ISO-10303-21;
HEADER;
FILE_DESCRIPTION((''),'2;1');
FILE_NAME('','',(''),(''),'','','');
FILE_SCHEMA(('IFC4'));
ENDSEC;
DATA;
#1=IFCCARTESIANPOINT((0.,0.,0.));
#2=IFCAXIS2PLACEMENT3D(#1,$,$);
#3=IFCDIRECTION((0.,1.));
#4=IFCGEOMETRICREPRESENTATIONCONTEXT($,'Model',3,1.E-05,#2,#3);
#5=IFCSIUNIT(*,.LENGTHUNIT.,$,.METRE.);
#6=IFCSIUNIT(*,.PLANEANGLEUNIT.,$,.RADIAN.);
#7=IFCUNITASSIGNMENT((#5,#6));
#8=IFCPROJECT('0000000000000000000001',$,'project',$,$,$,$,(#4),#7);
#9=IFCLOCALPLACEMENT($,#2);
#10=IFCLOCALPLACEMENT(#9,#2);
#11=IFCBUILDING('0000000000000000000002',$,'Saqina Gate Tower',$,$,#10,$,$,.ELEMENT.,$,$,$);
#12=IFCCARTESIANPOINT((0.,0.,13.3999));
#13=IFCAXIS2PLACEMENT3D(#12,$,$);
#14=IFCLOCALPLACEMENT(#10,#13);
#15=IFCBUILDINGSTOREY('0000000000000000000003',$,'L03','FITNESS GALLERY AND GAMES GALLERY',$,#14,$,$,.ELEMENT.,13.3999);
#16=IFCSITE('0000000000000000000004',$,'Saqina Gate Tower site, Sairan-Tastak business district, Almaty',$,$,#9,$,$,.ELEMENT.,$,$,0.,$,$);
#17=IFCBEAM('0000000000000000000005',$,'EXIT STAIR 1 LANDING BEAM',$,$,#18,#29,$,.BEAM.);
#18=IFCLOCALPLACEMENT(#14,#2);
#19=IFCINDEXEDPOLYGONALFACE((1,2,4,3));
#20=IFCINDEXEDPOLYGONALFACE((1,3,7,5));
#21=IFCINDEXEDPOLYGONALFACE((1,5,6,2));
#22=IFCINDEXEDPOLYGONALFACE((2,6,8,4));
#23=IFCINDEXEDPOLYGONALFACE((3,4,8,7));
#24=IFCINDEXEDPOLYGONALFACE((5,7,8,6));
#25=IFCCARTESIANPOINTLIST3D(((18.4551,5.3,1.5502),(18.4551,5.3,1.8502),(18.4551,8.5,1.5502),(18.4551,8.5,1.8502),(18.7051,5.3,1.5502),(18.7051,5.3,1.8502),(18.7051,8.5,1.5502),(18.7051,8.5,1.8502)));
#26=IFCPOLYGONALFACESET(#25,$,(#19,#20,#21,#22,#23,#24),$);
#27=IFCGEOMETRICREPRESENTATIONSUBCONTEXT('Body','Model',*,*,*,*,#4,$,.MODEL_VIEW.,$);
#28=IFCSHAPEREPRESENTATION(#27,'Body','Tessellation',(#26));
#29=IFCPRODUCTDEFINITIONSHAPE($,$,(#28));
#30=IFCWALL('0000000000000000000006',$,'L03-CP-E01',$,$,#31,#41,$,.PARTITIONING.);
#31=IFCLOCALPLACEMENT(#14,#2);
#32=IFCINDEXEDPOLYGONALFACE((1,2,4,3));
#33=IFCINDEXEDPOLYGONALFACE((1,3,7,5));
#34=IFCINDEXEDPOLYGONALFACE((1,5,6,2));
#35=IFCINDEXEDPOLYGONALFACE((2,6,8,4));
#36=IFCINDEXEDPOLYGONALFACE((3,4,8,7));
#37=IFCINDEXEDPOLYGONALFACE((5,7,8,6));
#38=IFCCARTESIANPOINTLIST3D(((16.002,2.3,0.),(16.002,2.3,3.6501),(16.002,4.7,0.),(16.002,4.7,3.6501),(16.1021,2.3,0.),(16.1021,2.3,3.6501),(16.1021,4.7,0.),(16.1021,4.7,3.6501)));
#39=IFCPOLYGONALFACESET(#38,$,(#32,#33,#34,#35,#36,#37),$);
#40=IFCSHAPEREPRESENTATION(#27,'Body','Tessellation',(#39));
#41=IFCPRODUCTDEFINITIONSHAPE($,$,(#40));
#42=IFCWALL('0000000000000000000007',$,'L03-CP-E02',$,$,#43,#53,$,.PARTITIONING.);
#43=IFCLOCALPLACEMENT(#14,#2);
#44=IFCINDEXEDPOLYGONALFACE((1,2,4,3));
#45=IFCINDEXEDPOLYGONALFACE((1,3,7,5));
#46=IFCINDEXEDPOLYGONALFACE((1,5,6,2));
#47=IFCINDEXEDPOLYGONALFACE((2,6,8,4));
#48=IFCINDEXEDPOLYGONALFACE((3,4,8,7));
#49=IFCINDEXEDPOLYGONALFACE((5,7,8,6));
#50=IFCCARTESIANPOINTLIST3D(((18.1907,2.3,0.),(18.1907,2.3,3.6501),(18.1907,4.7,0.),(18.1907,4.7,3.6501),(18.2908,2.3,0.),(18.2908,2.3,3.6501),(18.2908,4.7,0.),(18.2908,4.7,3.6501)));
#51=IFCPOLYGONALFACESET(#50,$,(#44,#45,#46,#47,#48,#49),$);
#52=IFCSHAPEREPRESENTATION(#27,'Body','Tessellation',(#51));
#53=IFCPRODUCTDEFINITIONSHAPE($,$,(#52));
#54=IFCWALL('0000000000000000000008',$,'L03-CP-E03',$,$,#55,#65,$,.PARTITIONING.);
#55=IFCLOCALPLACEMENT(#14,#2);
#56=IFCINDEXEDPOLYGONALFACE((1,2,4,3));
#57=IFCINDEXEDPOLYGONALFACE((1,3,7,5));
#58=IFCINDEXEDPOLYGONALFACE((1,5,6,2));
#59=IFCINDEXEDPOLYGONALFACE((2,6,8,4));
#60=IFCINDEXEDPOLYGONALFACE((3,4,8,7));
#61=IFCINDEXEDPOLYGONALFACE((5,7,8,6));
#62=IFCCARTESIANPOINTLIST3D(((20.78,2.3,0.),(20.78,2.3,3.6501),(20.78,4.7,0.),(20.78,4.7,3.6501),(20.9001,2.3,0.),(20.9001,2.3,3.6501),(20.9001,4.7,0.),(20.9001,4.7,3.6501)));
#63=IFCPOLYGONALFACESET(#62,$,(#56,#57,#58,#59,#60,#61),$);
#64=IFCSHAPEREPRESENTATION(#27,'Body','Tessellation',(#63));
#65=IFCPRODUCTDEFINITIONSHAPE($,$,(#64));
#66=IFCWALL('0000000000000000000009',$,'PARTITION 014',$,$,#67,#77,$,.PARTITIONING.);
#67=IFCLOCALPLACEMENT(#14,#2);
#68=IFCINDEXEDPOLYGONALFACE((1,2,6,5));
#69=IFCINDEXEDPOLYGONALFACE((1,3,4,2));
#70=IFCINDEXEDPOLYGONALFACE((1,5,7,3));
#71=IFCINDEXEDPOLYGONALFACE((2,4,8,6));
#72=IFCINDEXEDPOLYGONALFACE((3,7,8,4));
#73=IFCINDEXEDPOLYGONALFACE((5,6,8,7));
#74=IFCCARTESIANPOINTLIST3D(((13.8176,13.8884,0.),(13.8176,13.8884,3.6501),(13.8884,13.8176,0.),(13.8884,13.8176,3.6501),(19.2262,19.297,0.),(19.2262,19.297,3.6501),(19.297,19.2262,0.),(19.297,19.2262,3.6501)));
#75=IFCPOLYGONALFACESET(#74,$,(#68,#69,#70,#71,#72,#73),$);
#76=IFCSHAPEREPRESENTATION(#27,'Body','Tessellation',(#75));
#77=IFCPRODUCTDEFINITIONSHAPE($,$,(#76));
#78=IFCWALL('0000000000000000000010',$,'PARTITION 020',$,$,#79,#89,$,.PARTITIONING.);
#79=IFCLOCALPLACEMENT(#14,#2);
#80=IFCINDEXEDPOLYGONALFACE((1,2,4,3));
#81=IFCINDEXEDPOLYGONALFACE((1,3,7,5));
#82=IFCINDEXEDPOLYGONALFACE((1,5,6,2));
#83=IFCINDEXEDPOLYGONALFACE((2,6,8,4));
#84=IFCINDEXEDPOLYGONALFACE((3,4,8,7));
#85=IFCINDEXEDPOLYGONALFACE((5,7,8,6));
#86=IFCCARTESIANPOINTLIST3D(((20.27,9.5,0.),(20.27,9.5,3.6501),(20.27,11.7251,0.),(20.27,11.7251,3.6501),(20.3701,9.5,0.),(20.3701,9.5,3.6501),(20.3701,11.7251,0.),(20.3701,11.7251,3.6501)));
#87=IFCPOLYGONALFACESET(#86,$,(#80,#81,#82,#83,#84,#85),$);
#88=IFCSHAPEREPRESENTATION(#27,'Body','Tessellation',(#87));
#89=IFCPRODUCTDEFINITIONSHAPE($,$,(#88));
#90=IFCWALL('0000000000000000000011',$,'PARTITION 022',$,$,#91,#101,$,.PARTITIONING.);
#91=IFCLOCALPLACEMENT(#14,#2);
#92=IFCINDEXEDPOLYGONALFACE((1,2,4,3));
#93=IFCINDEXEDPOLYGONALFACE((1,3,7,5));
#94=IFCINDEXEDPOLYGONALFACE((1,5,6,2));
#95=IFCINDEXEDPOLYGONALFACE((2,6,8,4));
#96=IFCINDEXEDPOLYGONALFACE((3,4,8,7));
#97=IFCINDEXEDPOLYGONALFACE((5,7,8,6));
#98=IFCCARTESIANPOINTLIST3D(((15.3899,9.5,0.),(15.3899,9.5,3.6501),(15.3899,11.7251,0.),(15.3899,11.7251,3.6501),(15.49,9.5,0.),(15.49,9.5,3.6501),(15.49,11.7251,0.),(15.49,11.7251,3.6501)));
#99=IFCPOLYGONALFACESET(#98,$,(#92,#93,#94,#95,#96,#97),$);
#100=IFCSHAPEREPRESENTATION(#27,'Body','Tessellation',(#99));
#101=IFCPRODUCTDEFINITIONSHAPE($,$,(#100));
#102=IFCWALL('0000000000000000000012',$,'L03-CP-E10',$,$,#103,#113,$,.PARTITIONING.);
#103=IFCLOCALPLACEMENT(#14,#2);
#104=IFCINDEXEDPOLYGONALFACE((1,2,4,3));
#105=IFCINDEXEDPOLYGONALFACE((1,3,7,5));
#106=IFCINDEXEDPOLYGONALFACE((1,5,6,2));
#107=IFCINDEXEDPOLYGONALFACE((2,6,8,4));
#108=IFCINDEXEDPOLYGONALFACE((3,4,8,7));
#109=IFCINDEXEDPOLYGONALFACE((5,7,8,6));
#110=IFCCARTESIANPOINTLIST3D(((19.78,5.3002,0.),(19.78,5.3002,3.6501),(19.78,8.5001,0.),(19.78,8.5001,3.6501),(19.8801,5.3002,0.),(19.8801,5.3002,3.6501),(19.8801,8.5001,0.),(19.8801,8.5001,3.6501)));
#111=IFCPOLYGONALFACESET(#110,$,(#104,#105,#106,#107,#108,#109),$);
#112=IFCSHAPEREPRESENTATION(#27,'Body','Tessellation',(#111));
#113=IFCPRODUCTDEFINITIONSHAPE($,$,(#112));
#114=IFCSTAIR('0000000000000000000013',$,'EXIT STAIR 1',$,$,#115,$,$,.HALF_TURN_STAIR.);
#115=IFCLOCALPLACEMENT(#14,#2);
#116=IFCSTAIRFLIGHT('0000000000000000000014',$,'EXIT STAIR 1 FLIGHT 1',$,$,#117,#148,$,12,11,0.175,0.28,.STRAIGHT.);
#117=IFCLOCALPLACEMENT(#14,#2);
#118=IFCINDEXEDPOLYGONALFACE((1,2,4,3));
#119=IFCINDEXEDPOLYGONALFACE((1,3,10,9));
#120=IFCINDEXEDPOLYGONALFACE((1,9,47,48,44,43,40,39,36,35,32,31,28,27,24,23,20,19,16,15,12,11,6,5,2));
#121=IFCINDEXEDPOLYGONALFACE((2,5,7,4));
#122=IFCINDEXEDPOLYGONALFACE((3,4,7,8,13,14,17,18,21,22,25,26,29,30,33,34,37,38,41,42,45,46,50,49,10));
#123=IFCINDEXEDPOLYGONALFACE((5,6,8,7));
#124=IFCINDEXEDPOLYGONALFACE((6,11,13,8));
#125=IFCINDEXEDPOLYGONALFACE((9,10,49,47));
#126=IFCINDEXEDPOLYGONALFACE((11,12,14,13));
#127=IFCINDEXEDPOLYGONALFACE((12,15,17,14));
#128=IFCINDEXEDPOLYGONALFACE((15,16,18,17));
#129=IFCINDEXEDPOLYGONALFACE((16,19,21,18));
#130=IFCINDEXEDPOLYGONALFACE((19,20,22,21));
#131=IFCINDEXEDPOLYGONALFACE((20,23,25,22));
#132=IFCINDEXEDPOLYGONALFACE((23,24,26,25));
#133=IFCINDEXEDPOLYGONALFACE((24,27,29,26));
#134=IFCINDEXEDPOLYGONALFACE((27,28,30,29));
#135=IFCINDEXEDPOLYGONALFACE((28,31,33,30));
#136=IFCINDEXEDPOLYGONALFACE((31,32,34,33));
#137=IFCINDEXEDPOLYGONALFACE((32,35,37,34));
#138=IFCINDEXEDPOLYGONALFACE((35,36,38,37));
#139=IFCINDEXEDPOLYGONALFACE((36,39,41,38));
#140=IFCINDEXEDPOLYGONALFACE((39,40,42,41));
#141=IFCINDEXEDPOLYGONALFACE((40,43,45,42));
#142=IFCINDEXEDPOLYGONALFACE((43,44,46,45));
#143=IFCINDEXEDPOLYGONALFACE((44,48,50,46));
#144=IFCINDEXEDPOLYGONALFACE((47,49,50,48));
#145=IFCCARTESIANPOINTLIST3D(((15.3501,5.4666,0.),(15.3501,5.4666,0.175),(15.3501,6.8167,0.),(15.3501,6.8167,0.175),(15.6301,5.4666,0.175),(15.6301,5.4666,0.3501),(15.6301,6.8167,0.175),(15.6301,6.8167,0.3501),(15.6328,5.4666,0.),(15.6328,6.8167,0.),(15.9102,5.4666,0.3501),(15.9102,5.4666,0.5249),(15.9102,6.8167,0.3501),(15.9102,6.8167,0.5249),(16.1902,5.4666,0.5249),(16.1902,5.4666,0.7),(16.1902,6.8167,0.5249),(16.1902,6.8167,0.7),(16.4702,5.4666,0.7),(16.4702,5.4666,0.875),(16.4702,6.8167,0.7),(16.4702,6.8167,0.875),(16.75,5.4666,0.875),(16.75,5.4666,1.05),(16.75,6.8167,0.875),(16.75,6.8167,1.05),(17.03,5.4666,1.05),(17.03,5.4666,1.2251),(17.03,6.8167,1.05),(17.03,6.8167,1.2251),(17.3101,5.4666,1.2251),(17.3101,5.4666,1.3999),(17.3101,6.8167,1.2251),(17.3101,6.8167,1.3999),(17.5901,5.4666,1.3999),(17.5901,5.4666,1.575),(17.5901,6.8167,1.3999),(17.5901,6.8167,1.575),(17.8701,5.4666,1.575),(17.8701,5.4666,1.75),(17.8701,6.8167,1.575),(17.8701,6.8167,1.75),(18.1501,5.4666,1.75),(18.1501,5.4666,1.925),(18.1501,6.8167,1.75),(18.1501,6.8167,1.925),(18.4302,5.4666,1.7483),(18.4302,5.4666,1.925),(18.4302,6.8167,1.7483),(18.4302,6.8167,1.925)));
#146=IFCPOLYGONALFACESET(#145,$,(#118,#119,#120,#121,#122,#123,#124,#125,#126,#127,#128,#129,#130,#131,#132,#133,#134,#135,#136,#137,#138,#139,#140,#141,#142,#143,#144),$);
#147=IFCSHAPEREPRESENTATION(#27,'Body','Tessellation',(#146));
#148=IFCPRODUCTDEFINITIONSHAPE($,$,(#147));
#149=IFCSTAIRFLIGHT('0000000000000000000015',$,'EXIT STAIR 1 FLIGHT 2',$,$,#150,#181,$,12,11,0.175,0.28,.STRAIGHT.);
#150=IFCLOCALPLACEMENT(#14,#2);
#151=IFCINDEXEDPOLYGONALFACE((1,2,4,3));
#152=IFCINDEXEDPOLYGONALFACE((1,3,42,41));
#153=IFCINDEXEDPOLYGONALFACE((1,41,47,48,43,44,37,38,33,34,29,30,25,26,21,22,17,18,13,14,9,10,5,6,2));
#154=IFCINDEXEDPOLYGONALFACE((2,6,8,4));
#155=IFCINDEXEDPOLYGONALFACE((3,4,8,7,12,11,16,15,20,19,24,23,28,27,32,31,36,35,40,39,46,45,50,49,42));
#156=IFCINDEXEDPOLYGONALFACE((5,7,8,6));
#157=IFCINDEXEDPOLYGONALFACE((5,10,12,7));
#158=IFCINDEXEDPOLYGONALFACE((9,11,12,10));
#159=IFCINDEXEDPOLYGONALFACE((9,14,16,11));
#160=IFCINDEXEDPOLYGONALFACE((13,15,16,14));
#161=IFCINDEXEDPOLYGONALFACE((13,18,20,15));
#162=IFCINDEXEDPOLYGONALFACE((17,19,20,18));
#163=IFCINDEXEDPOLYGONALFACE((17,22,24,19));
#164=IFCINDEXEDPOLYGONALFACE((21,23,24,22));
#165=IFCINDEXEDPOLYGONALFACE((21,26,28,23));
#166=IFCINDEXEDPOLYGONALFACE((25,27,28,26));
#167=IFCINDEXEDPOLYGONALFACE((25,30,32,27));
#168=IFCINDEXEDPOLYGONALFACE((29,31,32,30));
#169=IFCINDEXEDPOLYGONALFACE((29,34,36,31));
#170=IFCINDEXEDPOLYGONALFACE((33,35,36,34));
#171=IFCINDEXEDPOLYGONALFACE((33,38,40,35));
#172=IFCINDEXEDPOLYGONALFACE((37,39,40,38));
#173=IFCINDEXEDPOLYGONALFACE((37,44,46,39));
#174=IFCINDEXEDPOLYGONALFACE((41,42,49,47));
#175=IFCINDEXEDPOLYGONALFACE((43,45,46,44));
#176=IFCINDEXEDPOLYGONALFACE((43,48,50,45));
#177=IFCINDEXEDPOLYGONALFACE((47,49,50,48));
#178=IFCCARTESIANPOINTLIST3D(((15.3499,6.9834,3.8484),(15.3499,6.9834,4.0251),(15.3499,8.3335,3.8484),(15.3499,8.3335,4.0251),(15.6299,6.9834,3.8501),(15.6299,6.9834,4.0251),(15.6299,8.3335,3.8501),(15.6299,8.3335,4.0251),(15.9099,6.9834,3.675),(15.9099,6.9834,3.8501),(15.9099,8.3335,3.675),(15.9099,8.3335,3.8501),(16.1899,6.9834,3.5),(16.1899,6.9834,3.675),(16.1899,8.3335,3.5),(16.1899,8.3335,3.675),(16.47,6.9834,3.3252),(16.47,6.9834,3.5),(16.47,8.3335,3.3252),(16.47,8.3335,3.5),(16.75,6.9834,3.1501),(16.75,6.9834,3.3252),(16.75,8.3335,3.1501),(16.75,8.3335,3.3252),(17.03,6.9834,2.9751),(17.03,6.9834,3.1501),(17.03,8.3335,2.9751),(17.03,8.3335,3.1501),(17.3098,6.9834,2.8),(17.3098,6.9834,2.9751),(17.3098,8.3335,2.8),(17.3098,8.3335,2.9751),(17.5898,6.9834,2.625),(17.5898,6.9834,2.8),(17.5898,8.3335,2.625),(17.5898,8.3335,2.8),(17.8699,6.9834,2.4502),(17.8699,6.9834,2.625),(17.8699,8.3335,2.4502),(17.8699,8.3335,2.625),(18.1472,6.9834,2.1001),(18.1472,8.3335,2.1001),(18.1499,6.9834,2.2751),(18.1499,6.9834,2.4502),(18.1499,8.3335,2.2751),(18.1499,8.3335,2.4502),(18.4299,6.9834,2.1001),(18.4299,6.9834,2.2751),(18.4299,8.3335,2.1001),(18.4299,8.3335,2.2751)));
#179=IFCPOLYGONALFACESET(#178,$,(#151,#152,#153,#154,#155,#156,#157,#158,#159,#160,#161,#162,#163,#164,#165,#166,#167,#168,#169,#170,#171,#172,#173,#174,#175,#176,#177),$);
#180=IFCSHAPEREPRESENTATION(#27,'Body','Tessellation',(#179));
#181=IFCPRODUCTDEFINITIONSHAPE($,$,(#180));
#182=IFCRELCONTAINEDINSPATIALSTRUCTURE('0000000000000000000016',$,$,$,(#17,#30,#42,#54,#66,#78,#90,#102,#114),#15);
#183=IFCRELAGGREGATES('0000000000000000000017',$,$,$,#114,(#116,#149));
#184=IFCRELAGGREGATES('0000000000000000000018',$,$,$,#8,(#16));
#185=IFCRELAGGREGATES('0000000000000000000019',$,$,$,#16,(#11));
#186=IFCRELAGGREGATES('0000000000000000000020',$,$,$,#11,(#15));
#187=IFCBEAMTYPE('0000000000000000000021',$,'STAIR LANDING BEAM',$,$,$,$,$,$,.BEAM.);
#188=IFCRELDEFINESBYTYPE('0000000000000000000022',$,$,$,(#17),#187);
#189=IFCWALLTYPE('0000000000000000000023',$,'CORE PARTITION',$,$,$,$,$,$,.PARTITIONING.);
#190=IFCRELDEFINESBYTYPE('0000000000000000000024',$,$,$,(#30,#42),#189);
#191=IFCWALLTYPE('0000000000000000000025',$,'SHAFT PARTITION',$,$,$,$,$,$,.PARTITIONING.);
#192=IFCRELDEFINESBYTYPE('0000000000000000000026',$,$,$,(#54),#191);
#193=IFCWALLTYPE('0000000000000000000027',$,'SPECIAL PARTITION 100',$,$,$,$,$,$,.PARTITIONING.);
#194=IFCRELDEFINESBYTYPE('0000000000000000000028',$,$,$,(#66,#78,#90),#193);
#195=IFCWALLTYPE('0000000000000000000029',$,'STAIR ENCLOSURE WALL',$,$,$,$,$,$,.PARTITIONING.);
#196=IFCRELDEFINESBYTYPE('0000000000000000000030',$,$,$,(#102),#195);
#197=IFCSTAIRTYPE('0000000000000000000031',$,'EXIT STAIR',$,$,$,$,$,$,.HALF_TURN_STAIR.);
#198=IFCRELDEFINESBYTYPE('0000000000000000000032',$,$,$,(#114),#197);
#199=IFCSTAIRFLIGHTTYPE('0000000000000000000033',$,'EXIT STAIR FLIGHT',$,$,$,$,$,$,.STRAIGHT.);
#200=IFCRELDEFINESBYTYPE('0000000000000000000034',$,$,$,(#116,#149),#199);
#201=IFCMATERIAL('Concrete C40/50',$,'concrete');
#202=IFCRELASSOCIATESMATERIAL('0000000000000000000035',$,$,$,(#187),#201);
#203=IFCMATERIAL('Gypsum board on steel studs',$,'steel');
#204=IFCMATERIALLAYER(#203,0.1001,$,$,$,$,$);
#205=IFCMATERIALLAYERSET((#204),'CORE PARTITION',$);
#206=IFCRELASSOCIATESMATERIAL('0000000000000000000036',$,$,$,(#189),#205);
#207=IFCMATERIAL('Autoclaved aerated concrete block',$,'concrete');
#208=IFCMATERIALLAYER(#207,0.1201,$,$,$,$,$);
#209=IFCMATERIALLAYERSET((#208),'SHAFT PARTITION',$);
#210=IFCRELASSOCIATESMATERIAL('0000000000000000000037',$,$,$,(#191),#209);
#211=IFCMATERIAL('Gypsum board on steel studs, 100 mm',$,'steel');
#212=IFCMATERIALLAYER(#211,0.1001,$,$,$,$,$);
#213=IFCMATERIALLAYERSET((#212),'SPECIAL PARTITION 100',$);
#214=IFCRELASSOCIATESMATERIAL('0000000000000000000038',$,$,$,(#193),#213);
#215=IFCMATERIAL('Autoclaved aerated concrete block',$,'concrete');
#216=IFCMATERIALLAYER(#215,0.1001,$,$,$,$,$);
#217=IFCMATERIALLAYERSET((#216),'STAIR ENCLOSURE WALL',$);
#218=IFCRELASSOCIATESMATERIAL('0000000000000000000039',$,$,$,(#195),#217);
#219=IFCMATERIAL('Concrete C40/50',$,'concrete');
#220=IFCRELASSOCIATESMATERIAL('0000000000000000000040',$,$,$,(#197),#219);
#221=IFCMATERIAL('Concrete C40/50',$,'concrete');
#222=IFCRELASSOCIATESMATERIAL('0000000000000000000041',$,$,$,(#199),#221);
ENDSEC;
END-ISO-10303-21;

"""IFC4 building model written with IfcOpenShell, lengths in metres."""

from ifc_helpers import new_model, si_unit, direction, frame, frame_2d, origin, origin_2d, place, context, subcontext, project, spatial, polyline, rectangle, outline, extrude, material, layer, layer_set, material_profile, profile_set, type_object, element, aggregate, save


model = new_model("IFC4")

# Units and contexts
model_context = context("Model", 3, precision=1e-05, world=origin(), true_north=direction((0.0, 1.0)))
body_context = subcontext(model_context, "Body", "Model", "MODEL_VIEW")
ifc_project = project(units=[si_unit("LENGTHUNIT", "METRE"), si_unit("PLANEANGLEUNIT", "RADIAN")], contexts=[model_context])

# Site, building, storey
site_placement = place(None, origin())
site = spatial("IfcSite", under=ifc_project, at=site_placement, Name="Saqina Gate Tower site, Sairan-Tastak business district, Almaty", CompositionType="ELEMENT", RefElevation=0.0)
building_placement = place(site_placement, origin())
building = spatial("IfcBuilding", under=site, at=building_placement, Name="Saqina Gate Tower", CompositionType="ELEMENT")
storey_placement = place(building_placement, frame((0.0, 0.0, 13.3999)))
storey = spatial("IfcBuildingStorey", under=building, at=storey_placement, Name="L03", Description="FITNESS GALLERY AND GAMES GALLERY", CompositionType="ELEMENT", Elevation=13.3999)

# Beam
ifc_material_1 = material(Name="Concrete C40/50", Category="concrete")
ifc_material_profile = material_profile(ifc_material_1, rectangle(XDim=0.25, YDim=0.3, at=origin_2d()), Name="STAIR LANDING BEAM")
ifc_profile_set = profile_set([ifc_material_profile], Name="Concrete C40/50")
beam_type = type_object("IfcBeamType", Name="STAIR LANDING BEAM", PredefinedType="BEAM", material=ifc_profile_set)
beam_placement = place(storey_placement, frame((18.5801, 5.3, 1.7002), z_axis=(0.0, 1.0, 0.0), x_axis=(-1.0, 0.0, 0.0)))
element("IfcBeam", 1, at=beam_placement, inside=storey, type_object=beam_type, Name="EXIT STAIR 1 LANDING BEAM", PredefinedType="BEAM", context=body_context, shape_type="SweptSolid", body=[
    extrude(rectangle(XDim=0.25, YDim=0.3, at=origin_2d()), origin(), (0.0, 0.0, 1.0), 3.2),
])

# Walls
ifc_material_2 = material(Name="Gypsum board on steel studs", Category="steel")
ifc_layer_1 = layer(ifc_material_2, 0.1001)
ifc_layer_set_1 = layer_set([ifc_layer_1], Name="CORE PARTITION")
wall_type_1 = type_object("IfcWallType", Name="CORE PARTITION", PredefinedType="PARTITIONING", material=ifc_layer_set_1)
for number, where, z_axis, x_axis, name in (
    (2, (16.052, 2.3, 0.0), (0.0, 0.0, 1.0), (0.0, 1.0, 0.0), "L03-CP-E01"),
    (3, (18.2407, 2.3, 0.0), (0.0, 0.0, 1.0), (0.0, 1.0, 0.0), "L03-CP-E02"),
):
    element("IfcWall", number, at=place(storey_placement, frame(where, z_axis=z_axis, x_axis=x_axis)), inside=storey, type_object=wall_type_1, Name=name, PredefinedType="PARTITIONING", context=body_context, shape_type="SweptSolid", body=[
        extrude(rectangle(XDim=2.3999, YDim=0.1001, at=frame_2d((1.2, 0.0))), origin(), (0.0, 0.0, 1.0), 3.6501),
    ])
ifc_material_3 = material(Name="Autoclaved aerated concrete block", Category="concrete")
ifc_layer_2 = layer(ifc_material_3, 0.1201)
ifc_layer_set_2 = layer_set([ifc_layer_2], Name="SHAFT PARTITION")
wall_type_2 = type_object("IfcWallType", Name="SHAFT PARTITION", PredefinedType="PARTITIONING", material=ifc_layer_set_2)
wall_1_placement = place(storey_placement, frame((20.8401, 2.3, 0.0), z_axis=(0.0, 0.0, 1.0), x_axis=(0.0, 1.0, 0.0)))
element("IfcWall", 4, at=wall_1_placement, inside=storey, type_object=wall_type_2, Name="L03-CP-E03", PredefinedType="PARTITIONING", context=body_context, shape_type="SweptSolid", body=[
    extrude(rectangle(XDim=2.3999, YDim=0.1201, at=frame_2d((1.2, 0.0))), origin(), (0.0, 0.0, 1.0), 3.6501),
])
ifc_material_4 = material(Name="Gypsum board on steel studs, 100 mm", Category="steel")
ifc_layer_3 = layer(ifc_material_4, 0.1001)
ifc_layer_set_3 = layer_set([ifc_layer_3], Name="SPECIAL PARTITION 100")
wall_type_3 = type_object("IfcWallType", Name="SPECIAL PARTITION 100", PredefinedType="PARTITIONING", material=ifc_layer_set_3)
wall_2_placement = place(storey_placement, frame((13.853, 13.853, 0.0), z_axis=(0.0, 0.0, 1.0), x_axis=(0.707107, 0.707107, 0.0)))
element("IfcWall", 5, at=wall_2_placement, inside=storey, type_object=wall_type_3, Name="PARTITION 014", PredefinedType="PARTITIONING", context=body_context, shape_type="SweptSolid", body=[
    extrude(rectangle(XDim=7.6489, YDim=0.1001, at=frame_2d((3.8245, 0.0))), origin(), (0.0, 0.0, 1.0), 3.6501),
])
for number, where, z_axis, x_axis, name in (
    (6, (20.3201, 9.5, 0.0), (0.0, 0.0, 1.0), (0.0, 1.0, 0.0), "PARTITION 020"),
    (7, (15.4399, 9.5, 0.0), (0.0, 0.0, 1.0), (0.0, 1.0, 0.0), "PARTITION 022"),
):
    element("IfcWall", number, at=place(storey_placement, frame(where, z_axis=z_axis, x_axis=x_axis)), inside=storey, type_object=wall_type_3, Name=name, PredefinedType="PARTITIONING", context=body_context, shape_type="SweptSolid", body=[
        extrude(rectangle(XDim=2.2251, YDim=0.1001, at=frame_2d((1.1125, 0.0))), origin(), (0.0, 0.0, 1.0), 3.6501),
    ])
ifc_material_5 = material(Name="Autoclaved aerated concrete block", Category="concrete")
ifc_layer_4 = layer(ifc_material_5, 0.1001)
ifc_layer_set_4 = layer_set([ifc_layer_4], Name="STAIR ENCLOSURE WALL")
wall_type_4 = type_object("IfcWallType", Name="STAIR ENCLOSURE WALL", PredefinedType="PARTITIONING", material=ifc_layer_set_4)
wall_3_placement = place(storey_placement, frame((19.8301, 5.3, 0.0), z_axis=(0.0, 0.0, 1.0), x_axis=(0.0, 1.0, 0.0)))
element("IfcWall", 8, at=wall_3_placement, inside=storey, type_object=wall_type_4, Name="L03-CP-E10", PredefinedType="PARTITIONING", context=body_context, shape_type="SweptSolid", body=[
    extrude(rectangle(XDim=3.2, YDim=0.1001, at=frame_2d((1.6001, 0.0))), origin(), (0.0, 0.0, 1.0), 3.6501),
])

# Stair, stair flights
ifc_material_6 = material(Name="Concrete C40/50", Category="concrete")
stair_type = type_object("IfcStairType", Name="EXIT STAIR", PredefinedType="HALF_TURN_STAIR", material=ifc_material_6)
stair_placement = place(storey_placement, origin())
stair = element("IfcStair", 9, at=stair_placement, inside=storey, type_object=stair_type, Name="EXIT STAIR 1", PredefinedType="HALF_TURN_STAIR")
ifc_material_7 = material(Name="Concrete C40/50", Category="concrete")
stair_flight_type = type_object("IfcStairFlightType", Name="EXIT STAIR FLIGHT", PredefinedType="STRAIGHT", material=ifc_material_7)
stair_flight_1_placement = place(storey_placement, frame((15.3501, 6.1416, 0.0), z_axis=(0.0, 0.0, 1.0), x_axis=(1.0, 0.0, 0.0)))
stair_flight_1 = element("IfcStairFlight", 10, at=stair_flight_1_placement, type_object=stair_flight_type, Name="EXIT STAIR 1 FLIGHT 1", NumberOfRisers=12, NumberOfTreads=11, PredefinedType="STRAIGHT", RiserHeight=0.175, TreadLength=0.28, context=body_context, shape_type="SweptSolid", body=[
    extrude(outline(polyline([(0.0, 0.0), (0.0, 0.175), (0.28, 0.175), (0.28, 0.3501), (0.5601, 0.3501), (0.5601, 0.5249), (0.8401, 0.5249), (0.8401, 0.7), (1.1201, 0.7), (1.1201, 0.875), (1.3999, 0.875), (1.3999, 1.05), (1.6799, 1.05), (1.6799, 1.2251), (1.96, 1.2251), (1.96, 1.3999), (2.24, 1.3999), (2.24, 1.575), (2.52, 1.575), (2.52, 1.75), (2.8, 1.75), (2.8, 1.925), (3.0801, 1.925), (3.0801, 2.1001), (3.0801, 1.7483), (0.2827, 0.0), (0.0, 0.0)])), frame((0.0, 0.675, 0.0), z_axis=(0.0, -1.0, 0.0), x_axis=(1.0, 0.0, 0.0)), (0.0, 0.0, 1.0), 1.3501),
])
stair_flight_2_placement = place(storey_placement, frame((18.4299, 7.6584, 2.1001), z_axis=(0.0, 0.0, 1.0), x_axis=(-1.0, 0.0, 0.0)))
stair_flight_2 = element("IfcStairFlight", 11, at=stair_flight_2_placement, type_object=stair_flight_type, Name="EXIT STAIR 1 FLIGHT 2", NumberOfRisers=12, NumberOfTreads=11, PredefinedType="STRAIGHT", RiserHeight=0.175, TreadLength=0.28, context=body_context, shape_type="SweptSolid", body=[
    extrude(outline(polyline([(0.0, 0.0), (0.0, 0.175), (0.28, 0.175), (0.28, 0.3501), (0.5601, 0.3501), (0.5601, 0.5249), (0.8401, 0.5249), (0.8401, 0.7), (1.1201, 0.7), (1.1201, 0.875), (1.3999, 0.875), (1.3999, 1.05), (1.6799, 1.05), (1.6799, 1.2251), (1.96, 1.2251), (1.96, 1.3999), (2.24, 1.3999), (2.24, 1.575), (2.52, 1.575), (2.52, 1.75), (2.8, 1.75), (2.8, 1.925), (3.0801, 1.925), (3.0801, 2.1001), (3.0801, 1.7483), (0.2827, 0.0), (0.0, 0.0)])), frame((0.0, 0.675, 0.0), z_axis=(0.0, -1.0, 0.0), x_axis=(1.0, 0.0, 0.0)), (0.0, 0.0, 1.0), 1.3501),
])
aggregate(stair, [stair_flight_1, stair_flight_2])

save(model, "model.ifc")
